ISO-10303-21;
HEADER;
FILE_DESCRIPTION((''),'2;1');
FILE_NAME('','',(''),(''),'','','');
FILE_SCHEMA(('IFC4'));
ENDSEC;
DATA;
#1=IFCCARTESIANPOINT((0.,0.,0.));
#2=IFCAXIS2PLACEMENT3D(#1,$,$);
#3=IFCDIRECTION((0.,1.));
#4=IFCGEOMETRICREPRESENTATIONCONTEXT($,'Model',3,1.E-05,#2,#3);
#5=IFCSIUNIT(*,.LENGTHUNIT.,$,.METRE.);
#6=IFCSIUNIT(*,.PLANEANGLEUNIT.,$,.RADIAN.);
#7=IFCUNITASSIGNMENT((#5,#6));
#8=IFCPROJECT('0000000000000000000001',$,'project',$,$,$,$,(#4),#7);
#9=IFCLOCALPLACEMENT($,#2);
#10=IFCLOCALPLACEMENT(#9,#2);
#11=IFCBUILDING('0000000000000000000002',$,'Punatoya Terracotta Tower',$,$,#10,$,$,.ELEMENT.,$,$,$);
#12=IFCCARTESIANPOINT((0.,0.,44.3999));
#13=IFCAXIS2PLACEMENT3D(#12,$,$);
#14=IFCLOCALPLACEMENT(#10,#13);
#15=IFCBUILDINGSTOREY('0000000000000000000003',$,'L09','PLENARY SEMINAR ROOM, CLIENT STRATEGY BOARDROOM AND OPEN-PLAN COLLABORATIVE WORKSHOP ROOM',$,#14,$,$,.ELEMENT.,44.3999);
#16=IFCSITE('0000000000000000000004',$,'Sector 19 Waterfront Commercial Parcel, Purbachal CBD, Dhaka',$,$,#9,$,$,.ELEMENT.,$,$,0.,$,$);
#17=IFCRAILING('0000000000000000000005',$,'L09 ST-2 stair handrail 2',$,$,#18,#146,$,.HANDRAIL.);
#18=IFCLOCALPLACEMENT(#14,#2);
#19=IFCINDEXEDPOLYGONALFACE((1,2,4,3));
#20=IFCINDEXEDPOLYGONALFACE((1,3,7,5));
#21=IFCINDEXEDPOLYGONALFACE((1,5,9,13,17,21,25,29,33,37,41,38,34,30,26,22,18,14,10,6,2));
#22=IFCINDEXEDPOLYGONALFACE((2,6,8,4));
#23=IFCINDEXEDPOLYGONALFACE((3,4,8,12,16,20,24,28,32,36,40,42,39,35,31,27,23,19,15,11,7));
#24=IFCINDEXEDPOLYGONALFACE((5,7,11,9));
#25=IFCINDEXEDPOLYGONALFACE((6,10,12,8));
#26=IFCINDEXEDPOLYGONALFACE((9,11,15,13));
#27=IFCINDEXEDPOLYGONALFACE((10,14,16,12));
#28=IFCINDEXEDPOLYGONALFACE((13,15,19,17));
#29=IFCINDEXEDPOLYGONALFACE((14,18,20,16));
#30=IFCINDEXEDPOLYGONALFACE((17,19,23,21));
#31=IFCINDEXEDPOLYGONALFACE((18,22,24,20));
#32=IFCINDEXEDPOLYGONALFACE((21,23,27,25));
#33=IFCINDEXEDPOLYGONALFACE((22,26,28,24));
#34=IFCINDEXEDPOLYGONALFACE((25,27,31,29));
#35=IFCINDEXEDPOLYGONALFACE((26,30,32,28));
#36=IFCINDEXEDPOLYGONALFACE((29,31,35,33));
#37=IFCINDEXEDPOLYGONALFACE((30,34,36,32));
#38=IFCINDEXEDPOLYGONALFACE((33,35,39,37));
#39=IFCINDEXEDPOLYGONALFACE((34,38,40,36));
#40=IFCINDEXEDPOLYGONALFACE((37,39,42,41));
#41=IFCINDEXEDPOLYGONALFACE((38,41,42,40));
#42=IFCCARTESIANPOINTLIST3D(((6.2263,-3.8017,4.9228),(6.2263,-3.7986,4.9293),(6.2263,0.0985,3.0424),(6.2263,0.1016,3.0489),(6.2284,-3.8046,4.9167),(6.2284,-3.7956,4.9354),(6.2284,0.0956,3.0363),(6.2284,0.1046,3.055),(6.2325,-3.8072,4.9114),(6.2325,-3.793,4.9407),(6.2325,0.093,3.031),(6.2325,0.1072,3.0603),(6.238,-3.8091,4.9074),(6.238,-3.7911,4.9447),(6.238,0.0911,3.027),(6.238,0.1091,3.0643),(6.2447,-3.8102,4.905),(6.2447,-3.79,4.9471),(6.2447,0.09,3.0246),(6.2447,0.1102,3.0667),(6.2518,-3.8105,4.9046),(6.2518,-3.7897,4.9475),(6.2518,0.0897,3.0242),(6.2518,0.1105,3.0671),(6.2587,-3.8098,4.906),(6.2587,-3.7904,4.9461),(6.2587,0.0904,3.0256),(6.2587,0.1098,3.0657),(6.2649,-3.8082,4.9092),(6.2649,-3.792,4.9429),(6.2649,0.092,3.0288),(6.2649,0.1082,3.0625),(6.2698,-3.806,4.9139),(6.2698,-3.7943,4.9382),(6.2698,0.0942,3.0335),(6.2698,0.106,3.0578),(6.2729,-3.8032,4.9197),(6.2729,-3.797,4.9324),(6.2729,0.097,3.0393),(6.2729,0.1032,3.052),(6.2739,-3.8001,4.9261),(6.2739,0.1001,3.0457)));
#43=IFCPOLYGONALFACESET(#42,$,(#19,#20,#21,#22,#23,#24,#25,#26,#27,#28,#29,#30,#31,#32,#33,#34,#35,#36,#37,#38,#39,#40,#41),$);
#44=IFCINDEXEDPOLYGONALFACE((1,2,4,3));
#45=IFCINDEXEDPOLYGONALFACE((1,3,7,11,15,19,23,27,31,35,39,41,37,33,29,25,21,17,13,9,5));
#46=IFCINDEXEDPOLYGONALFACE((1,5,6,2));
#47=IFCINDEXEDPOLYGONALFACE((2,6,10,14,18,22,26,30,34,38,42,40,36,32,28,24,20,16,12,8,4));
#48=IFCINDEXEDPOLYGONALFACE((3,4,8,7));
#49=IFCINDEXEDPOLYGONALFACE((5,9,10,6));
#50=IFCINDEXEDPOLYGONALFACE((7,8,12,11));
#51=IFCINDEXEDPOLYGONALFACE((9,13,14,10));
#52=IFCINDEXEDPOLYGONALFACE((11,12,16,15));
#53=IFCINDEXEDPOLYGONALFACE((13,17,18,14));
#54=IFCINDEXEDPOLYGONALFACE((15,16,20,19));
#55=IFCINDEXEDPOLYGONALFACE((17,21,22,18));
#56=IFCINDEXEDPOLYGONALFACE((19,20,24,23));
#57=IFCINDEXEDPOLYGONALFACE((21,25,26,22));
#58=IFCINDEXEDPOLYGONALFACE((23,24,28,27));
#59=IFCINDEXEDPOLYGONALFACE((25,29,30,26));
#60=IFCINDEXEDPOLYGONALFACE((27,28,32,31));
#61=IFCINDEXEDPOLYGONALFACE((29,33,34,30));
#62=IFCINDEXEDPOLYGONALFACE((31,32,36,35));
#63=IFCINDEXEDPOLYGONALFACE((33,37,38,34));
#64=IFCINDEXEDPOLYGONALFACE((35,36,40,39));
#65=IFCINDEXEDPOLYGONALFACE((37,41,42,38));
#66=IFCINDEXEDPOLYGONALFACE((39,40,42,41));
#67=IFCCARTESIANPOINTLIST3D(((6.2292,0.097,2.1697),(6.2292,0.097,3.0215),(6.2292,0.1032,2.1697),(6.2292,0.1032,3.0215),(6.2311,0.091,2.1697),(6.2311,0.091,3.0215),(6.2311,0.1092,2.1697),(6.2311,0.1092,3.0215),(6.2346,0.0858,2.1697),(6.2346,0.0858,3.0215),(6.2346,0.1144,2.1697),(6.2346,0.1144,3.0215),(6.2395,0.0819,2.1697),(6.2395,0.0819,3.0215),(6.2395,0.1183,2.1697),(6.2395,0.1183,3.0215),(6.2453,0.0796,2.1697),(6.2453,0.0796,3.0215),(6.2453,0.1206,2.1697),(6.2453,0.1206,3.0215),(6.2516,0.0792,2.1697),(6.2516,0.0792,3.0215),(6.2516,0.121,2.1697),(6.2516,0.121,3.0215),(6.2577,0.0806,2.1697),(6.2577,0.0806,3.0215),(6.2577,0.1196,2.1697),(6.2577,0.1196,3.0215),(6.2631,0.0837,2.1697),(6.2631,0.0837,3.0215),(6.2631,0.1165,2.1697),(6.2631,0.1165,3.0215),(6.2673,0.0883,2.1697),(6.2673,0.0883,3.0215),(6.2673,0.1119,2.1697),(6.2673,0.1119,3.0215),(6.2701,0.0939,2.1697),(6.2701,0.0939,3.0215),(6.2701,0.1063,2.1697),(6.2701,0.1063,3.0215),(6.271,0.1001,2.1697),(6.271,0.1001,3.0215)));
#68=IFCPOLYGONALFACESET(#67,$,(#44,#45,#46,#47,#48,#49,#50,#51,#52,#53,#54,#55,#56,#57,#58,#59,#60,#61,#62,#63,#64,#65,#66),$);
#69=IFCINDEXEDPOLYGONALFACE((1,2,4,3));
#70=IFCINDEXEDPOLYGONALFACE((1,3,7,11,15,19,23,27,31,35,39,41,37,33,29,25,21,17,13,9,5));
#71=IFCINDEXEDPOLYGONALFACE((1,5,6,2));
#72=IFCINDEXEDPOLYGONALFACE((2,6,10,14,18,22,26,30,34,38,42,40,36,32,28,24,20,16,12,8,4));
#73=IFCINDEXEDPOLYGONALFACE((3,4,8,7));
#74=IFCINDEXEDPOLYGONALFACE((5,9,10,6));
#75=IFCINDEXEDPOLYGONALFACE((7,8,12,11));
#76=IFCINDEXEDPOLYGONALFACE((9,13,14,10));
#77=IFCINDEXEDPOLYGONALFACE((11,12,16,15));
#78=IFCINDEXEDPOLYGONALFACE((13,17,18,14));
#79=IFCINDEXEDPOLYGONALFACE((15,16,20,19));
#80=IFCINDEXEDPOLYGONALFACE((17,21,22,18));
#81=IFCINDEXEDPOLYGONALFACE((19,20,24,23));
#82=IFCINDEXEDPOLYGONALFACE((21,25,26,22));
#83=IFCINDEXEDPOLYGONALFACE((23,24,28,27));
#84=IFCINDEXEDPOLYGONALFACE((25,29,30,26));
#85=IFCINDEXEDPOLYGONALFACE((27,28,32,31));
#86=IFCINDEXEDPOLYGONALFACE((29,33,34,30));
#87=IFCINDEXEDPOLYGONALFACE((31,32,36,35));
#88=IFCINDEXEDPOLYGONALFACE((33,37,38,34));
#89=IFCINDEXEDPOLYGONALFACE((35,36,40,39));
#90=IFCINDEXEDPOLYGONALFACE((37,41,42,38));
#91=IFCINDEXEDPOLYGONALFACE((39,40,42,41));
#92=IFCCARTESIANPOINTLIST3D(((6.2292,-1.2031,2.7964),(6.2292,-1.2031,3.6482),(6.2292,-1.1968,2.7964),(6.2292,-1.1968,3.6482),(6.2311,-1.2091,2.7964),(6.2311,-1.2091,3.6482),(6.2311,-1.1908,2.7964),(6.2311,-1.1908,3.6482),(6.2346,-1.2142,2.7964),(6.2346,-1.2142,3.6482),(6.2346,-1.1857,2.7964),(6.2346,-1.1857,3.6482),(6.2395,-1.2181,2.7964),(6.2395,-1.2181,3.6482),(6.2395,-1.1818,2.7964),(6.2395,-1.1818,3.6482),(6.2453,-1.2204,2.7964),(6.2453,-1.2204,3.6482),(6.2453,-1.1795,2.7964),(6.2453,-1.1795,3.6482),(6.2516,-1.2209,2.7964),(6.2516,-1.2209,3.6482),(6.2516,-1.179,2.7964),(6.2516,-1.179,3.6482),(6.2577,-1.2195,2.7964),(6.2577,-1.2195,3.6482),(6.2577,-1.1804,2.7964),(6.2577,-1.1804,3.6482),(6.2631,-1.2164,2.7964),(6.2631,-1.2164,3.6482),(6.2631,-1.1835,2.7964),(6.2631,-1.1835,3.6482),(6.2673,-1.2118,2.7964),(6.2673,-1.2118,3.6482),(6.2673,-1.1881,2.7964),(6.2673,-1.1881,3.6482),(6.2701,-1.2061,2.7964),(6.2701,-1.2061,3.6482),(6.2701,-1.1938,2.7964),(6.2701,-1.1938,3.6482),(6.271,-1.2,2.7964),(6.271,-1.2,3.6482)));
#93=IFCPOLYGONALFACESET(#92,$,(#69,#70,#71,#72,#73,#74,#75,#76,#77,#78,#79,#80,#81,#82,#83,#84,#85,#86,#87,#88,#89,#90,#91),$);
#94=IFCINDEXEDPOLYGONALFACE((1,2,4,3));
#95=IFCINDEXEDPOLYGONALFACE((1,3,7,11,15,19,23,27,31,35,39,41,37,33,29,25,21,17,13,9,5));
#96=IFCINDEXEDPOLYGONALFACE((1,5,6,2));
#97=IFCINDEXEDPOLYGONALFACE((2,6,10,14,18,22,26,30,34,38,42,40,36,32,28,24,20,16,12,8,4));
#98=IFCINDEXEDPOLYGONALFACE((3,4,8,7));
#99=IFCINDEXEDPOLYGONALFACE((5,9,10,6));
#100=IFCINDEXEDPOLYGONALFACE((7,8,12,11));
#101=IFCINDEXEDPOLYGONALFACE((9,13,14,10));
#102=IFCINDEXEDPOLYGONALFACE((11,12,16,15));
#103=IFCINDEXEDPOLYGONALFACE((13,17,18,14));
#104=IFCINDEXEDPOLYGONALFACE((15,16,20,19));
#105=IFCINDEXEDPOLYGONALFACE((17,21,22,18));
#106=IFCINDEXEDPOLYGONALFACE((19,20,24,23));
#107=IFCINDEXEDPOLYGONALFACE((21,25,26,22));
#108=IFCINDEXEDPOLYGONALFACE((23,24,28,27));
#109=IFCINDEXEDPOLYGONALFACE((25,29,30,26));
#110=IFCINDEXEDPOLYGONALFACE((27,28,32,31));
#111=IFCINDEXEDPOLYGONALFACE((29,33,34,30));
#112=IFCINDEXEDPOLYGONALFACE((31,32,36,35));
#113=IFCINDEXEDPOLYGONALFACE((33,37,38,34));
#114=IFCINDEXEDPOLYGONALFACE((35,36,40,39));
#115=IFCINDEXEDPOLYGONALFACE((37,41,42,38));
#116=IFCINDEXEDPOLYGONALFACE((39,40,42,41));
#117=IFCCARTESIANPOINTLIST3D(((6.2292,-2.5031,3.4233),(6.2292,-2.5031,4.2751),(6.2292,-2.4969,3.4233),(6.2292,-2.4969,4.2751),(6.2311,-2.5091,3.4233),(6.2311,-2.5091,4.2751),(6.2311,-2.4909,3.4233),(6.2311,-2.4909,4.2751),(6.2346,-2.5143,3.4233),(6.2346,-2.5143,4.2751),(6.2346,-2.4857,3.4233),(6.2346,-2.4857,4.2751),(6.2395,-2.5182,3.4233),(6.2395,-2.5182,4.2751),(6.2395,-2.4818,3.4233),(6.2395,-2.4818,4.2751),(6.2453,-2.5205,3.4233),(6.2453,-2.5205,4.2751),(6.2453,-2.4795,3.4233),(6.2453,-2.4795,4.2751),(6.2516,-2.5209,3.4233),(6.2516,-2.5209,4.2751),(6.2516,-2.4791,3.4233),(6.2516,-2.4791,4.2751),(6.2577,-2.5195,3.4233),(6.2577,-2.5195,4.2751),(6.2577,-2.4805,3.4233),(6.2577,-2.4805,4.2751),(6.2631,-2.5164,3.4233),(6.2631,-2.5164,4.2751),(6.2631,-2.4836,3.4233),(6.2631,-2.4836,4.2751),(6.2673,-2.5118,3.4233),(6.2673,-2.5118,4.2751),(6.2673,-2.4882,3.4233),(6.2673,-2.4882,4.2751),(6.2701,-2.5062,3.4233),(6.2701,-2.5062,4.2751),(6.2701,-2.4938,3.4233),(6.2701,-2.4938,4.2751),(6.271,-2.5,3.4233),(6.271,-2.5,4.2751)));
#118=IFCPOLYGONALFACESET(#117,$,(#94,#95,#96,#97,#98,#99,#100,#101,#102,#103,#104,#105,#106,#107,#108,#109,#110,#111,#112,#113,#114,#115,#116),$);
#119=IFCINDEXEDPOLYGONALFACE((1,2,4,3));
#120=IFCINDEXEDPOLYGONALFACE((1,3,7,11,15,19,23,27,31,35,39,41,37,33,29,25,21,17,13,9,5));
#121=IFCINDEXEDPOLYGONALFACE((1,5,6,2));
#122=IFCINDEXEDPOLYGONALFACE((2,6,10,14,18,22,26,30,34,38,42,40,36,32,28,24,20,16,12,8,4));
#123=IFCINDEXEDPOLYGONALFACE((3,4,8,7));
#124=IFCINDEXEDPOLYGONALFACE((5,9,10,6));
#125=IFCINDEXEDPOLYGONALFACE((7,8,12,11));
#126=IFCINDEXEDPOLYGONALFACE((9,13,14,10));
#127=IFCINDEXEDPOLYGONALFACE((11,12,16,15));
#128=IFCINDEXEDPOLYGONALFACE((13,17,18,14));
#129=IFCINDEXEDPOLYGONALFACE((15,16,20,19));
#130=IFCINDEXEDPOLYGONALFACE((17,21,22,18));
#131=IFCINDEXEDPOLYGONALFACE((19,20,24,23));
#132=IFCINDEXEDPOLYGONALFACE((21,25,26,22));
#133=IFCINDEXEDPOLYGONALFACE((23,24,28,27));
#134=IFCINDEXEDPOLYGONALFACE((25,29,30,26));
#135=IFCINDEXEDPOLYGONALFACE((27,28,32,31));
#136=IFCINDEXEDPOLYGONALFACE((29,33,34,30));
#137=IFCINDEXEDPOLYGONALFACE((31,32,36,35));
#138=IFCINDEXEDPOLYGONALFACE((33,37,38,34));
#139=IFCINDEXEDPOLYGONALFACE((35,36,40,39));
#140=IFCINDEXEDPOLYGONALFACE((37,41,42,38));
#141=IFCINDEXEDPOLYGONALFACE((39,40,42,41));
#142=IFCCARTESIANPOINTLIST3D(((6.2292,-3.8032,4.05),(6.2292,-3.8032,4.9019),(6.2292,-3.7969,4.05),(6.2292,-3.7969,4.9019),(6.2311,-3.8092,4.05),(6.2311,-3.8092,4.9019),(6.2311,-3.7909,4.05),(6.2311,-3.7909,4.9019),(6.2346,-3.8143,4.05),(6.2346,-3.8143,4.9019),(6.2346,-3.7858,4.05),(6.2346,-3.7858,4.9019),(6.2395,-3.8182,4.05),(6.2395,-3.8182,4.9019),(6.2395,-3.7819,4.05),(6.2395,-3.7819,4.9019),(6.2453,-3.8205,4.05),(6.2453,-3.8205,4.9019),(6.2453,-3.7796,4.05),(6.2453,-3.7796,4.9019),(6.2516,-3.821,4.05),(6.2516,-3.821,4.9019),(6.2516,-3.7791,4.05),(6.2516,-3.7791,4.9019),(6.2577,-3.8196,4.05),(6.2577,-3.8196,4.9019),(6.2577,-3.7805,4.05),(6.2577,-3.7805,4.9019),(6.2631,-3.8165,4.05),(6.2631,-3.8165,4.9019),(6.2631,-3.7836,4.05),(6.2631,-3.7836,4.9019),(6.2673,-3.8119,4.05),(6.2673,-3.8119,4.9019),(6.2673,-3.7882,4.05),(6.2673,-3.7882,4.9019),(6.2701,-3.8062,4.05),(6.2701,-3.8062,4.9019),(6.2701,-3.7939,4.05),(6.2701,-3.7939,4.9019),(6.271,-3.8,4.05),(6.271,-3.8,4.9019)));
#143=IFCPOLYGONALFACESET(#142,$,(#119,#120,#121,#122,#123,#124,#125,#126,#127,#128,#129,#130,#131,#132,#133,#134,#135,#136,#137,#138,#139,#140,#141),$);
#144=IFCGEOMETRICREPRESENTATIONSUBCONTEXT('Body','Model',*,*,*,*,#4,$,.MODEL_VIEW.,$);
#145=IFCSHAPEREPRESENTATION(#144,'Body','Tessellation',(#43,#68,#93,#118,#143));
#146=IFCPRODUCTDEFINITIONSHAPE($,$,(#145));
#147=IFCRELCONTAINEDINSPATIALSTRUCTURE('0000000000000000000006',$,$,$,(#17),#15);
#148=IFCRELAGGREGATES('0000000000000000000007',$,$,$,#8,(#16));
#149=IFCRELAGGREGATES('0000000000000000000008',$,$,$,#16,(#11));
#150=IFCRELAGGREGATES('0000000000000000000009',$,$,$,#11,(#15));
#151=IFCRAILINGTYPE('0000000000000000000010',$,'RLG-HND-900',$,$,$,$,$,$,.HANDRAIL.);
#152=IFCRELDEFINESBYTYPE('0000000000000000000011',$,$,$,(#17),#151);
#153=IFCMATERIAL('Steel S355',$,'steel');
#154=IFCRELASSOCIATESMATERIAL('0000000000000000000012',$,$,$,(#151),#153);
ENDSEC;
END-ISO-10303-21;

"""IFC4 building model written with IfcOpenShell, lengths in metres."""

from ifc_helpers import new_model, si_unit, direction, frame, origin, origin_2d, place, context, subcontext, project, spatial, circle, extrude, material, type_object, element, save


model = new_model("IFC4")

# Units and contexts
model_context = context("Model", 3, precision=1e-05, world=origin(), true_north=direction((0.0, 1.0)))
body_context = subcontext(model_context, "Body", "Model", "MODEL_VIEW")
ifc_project = project(units=[si_unit("LENGTHUNIT", "METRE"), si_unit("PLANEANGLEUNIT", "RADIAN")], contexts=[model_context])

# Site, building, storey
site_placement = place(None, origin())
site = spatial("IfcSite", under=ifc_project, at=site_placement, Name="Sector 19 Waterfront Commercial Parcel, Purbachal CBD, Dhaka", CompositionType="ELEMENT", RefElevation=0.0)
building_placement = place(site_placement, origin())
building = spatial("IfcBuilding", under=site, at=building_placement, Name="Punatoya Terracotta Tower", CompositionType="ELEMENT")
storey_placement = place(building_placement, frame((0.0, 0.0, 44.3999)))
storey = spatial("IfcBuildingStorey", under=building, at=storey_placement, Name="L09", Description="PLENARY SEMINAR ROOM, CLIENT STRATEGY BOARDROOM AND OPEN-PLAN COLLABORATIVE WORKSHOP ROOM", CompositionType="ELEMENT", Elevation=44.3999)

# Shared definitions
ifc_material_1 = material(Name="Steel S355", Category="steel")

# Railing
railing_type_1 = type_object("IfcRailingType", Name="RLG-HND-900", PredefinedType="HANDRAIL", material=ifc_material_1)
railing_1_placement = place(storey_placement, frame((6.25, 0.1001, 2.1697)))
element("IfcRailing", 1, at=railing_1_placement, inside=storey, type_object=railing_type_1, Name="L09 ST-2 stair handrail 2", PredefinedType="HANDRAIL", context=body_context, shape_type="SweptSolid", body=[
    extrude(circle(Radius=0.0239, at=origin_2d()), frame((0.0, 0.0, 0.876), z_axis=(0.0, -0.900774, 0.434289), x_axis=(1.0, 0.0, 0.0)), (0.0, 0.0, 1.0), 4.3298),
    extrude(circle(Radius=0.021, at=origin_2d()), origin(), (0.0, 0.0, 1.0), 0.8518),
    extrude(circle(Radius=0.021, at=origin_2d()), frame((0.0, -1.3, 0.6267)), (0.0, 0.0, 1.0), 0.8518),
    extrude(circle(Radius=0.021, at=origin_2d()), frame((0.0, -2.6001, 1.2537)), (0.0, 0.0, 1.0), 0.8518),
    extrude(circle(Radius=0.021, at=origin_2d()), frame((0.0, -3.9001, 1.8804)), (0.0, 0.0, 1.0), 0.8518),
])

save(model, "model.ifc")
